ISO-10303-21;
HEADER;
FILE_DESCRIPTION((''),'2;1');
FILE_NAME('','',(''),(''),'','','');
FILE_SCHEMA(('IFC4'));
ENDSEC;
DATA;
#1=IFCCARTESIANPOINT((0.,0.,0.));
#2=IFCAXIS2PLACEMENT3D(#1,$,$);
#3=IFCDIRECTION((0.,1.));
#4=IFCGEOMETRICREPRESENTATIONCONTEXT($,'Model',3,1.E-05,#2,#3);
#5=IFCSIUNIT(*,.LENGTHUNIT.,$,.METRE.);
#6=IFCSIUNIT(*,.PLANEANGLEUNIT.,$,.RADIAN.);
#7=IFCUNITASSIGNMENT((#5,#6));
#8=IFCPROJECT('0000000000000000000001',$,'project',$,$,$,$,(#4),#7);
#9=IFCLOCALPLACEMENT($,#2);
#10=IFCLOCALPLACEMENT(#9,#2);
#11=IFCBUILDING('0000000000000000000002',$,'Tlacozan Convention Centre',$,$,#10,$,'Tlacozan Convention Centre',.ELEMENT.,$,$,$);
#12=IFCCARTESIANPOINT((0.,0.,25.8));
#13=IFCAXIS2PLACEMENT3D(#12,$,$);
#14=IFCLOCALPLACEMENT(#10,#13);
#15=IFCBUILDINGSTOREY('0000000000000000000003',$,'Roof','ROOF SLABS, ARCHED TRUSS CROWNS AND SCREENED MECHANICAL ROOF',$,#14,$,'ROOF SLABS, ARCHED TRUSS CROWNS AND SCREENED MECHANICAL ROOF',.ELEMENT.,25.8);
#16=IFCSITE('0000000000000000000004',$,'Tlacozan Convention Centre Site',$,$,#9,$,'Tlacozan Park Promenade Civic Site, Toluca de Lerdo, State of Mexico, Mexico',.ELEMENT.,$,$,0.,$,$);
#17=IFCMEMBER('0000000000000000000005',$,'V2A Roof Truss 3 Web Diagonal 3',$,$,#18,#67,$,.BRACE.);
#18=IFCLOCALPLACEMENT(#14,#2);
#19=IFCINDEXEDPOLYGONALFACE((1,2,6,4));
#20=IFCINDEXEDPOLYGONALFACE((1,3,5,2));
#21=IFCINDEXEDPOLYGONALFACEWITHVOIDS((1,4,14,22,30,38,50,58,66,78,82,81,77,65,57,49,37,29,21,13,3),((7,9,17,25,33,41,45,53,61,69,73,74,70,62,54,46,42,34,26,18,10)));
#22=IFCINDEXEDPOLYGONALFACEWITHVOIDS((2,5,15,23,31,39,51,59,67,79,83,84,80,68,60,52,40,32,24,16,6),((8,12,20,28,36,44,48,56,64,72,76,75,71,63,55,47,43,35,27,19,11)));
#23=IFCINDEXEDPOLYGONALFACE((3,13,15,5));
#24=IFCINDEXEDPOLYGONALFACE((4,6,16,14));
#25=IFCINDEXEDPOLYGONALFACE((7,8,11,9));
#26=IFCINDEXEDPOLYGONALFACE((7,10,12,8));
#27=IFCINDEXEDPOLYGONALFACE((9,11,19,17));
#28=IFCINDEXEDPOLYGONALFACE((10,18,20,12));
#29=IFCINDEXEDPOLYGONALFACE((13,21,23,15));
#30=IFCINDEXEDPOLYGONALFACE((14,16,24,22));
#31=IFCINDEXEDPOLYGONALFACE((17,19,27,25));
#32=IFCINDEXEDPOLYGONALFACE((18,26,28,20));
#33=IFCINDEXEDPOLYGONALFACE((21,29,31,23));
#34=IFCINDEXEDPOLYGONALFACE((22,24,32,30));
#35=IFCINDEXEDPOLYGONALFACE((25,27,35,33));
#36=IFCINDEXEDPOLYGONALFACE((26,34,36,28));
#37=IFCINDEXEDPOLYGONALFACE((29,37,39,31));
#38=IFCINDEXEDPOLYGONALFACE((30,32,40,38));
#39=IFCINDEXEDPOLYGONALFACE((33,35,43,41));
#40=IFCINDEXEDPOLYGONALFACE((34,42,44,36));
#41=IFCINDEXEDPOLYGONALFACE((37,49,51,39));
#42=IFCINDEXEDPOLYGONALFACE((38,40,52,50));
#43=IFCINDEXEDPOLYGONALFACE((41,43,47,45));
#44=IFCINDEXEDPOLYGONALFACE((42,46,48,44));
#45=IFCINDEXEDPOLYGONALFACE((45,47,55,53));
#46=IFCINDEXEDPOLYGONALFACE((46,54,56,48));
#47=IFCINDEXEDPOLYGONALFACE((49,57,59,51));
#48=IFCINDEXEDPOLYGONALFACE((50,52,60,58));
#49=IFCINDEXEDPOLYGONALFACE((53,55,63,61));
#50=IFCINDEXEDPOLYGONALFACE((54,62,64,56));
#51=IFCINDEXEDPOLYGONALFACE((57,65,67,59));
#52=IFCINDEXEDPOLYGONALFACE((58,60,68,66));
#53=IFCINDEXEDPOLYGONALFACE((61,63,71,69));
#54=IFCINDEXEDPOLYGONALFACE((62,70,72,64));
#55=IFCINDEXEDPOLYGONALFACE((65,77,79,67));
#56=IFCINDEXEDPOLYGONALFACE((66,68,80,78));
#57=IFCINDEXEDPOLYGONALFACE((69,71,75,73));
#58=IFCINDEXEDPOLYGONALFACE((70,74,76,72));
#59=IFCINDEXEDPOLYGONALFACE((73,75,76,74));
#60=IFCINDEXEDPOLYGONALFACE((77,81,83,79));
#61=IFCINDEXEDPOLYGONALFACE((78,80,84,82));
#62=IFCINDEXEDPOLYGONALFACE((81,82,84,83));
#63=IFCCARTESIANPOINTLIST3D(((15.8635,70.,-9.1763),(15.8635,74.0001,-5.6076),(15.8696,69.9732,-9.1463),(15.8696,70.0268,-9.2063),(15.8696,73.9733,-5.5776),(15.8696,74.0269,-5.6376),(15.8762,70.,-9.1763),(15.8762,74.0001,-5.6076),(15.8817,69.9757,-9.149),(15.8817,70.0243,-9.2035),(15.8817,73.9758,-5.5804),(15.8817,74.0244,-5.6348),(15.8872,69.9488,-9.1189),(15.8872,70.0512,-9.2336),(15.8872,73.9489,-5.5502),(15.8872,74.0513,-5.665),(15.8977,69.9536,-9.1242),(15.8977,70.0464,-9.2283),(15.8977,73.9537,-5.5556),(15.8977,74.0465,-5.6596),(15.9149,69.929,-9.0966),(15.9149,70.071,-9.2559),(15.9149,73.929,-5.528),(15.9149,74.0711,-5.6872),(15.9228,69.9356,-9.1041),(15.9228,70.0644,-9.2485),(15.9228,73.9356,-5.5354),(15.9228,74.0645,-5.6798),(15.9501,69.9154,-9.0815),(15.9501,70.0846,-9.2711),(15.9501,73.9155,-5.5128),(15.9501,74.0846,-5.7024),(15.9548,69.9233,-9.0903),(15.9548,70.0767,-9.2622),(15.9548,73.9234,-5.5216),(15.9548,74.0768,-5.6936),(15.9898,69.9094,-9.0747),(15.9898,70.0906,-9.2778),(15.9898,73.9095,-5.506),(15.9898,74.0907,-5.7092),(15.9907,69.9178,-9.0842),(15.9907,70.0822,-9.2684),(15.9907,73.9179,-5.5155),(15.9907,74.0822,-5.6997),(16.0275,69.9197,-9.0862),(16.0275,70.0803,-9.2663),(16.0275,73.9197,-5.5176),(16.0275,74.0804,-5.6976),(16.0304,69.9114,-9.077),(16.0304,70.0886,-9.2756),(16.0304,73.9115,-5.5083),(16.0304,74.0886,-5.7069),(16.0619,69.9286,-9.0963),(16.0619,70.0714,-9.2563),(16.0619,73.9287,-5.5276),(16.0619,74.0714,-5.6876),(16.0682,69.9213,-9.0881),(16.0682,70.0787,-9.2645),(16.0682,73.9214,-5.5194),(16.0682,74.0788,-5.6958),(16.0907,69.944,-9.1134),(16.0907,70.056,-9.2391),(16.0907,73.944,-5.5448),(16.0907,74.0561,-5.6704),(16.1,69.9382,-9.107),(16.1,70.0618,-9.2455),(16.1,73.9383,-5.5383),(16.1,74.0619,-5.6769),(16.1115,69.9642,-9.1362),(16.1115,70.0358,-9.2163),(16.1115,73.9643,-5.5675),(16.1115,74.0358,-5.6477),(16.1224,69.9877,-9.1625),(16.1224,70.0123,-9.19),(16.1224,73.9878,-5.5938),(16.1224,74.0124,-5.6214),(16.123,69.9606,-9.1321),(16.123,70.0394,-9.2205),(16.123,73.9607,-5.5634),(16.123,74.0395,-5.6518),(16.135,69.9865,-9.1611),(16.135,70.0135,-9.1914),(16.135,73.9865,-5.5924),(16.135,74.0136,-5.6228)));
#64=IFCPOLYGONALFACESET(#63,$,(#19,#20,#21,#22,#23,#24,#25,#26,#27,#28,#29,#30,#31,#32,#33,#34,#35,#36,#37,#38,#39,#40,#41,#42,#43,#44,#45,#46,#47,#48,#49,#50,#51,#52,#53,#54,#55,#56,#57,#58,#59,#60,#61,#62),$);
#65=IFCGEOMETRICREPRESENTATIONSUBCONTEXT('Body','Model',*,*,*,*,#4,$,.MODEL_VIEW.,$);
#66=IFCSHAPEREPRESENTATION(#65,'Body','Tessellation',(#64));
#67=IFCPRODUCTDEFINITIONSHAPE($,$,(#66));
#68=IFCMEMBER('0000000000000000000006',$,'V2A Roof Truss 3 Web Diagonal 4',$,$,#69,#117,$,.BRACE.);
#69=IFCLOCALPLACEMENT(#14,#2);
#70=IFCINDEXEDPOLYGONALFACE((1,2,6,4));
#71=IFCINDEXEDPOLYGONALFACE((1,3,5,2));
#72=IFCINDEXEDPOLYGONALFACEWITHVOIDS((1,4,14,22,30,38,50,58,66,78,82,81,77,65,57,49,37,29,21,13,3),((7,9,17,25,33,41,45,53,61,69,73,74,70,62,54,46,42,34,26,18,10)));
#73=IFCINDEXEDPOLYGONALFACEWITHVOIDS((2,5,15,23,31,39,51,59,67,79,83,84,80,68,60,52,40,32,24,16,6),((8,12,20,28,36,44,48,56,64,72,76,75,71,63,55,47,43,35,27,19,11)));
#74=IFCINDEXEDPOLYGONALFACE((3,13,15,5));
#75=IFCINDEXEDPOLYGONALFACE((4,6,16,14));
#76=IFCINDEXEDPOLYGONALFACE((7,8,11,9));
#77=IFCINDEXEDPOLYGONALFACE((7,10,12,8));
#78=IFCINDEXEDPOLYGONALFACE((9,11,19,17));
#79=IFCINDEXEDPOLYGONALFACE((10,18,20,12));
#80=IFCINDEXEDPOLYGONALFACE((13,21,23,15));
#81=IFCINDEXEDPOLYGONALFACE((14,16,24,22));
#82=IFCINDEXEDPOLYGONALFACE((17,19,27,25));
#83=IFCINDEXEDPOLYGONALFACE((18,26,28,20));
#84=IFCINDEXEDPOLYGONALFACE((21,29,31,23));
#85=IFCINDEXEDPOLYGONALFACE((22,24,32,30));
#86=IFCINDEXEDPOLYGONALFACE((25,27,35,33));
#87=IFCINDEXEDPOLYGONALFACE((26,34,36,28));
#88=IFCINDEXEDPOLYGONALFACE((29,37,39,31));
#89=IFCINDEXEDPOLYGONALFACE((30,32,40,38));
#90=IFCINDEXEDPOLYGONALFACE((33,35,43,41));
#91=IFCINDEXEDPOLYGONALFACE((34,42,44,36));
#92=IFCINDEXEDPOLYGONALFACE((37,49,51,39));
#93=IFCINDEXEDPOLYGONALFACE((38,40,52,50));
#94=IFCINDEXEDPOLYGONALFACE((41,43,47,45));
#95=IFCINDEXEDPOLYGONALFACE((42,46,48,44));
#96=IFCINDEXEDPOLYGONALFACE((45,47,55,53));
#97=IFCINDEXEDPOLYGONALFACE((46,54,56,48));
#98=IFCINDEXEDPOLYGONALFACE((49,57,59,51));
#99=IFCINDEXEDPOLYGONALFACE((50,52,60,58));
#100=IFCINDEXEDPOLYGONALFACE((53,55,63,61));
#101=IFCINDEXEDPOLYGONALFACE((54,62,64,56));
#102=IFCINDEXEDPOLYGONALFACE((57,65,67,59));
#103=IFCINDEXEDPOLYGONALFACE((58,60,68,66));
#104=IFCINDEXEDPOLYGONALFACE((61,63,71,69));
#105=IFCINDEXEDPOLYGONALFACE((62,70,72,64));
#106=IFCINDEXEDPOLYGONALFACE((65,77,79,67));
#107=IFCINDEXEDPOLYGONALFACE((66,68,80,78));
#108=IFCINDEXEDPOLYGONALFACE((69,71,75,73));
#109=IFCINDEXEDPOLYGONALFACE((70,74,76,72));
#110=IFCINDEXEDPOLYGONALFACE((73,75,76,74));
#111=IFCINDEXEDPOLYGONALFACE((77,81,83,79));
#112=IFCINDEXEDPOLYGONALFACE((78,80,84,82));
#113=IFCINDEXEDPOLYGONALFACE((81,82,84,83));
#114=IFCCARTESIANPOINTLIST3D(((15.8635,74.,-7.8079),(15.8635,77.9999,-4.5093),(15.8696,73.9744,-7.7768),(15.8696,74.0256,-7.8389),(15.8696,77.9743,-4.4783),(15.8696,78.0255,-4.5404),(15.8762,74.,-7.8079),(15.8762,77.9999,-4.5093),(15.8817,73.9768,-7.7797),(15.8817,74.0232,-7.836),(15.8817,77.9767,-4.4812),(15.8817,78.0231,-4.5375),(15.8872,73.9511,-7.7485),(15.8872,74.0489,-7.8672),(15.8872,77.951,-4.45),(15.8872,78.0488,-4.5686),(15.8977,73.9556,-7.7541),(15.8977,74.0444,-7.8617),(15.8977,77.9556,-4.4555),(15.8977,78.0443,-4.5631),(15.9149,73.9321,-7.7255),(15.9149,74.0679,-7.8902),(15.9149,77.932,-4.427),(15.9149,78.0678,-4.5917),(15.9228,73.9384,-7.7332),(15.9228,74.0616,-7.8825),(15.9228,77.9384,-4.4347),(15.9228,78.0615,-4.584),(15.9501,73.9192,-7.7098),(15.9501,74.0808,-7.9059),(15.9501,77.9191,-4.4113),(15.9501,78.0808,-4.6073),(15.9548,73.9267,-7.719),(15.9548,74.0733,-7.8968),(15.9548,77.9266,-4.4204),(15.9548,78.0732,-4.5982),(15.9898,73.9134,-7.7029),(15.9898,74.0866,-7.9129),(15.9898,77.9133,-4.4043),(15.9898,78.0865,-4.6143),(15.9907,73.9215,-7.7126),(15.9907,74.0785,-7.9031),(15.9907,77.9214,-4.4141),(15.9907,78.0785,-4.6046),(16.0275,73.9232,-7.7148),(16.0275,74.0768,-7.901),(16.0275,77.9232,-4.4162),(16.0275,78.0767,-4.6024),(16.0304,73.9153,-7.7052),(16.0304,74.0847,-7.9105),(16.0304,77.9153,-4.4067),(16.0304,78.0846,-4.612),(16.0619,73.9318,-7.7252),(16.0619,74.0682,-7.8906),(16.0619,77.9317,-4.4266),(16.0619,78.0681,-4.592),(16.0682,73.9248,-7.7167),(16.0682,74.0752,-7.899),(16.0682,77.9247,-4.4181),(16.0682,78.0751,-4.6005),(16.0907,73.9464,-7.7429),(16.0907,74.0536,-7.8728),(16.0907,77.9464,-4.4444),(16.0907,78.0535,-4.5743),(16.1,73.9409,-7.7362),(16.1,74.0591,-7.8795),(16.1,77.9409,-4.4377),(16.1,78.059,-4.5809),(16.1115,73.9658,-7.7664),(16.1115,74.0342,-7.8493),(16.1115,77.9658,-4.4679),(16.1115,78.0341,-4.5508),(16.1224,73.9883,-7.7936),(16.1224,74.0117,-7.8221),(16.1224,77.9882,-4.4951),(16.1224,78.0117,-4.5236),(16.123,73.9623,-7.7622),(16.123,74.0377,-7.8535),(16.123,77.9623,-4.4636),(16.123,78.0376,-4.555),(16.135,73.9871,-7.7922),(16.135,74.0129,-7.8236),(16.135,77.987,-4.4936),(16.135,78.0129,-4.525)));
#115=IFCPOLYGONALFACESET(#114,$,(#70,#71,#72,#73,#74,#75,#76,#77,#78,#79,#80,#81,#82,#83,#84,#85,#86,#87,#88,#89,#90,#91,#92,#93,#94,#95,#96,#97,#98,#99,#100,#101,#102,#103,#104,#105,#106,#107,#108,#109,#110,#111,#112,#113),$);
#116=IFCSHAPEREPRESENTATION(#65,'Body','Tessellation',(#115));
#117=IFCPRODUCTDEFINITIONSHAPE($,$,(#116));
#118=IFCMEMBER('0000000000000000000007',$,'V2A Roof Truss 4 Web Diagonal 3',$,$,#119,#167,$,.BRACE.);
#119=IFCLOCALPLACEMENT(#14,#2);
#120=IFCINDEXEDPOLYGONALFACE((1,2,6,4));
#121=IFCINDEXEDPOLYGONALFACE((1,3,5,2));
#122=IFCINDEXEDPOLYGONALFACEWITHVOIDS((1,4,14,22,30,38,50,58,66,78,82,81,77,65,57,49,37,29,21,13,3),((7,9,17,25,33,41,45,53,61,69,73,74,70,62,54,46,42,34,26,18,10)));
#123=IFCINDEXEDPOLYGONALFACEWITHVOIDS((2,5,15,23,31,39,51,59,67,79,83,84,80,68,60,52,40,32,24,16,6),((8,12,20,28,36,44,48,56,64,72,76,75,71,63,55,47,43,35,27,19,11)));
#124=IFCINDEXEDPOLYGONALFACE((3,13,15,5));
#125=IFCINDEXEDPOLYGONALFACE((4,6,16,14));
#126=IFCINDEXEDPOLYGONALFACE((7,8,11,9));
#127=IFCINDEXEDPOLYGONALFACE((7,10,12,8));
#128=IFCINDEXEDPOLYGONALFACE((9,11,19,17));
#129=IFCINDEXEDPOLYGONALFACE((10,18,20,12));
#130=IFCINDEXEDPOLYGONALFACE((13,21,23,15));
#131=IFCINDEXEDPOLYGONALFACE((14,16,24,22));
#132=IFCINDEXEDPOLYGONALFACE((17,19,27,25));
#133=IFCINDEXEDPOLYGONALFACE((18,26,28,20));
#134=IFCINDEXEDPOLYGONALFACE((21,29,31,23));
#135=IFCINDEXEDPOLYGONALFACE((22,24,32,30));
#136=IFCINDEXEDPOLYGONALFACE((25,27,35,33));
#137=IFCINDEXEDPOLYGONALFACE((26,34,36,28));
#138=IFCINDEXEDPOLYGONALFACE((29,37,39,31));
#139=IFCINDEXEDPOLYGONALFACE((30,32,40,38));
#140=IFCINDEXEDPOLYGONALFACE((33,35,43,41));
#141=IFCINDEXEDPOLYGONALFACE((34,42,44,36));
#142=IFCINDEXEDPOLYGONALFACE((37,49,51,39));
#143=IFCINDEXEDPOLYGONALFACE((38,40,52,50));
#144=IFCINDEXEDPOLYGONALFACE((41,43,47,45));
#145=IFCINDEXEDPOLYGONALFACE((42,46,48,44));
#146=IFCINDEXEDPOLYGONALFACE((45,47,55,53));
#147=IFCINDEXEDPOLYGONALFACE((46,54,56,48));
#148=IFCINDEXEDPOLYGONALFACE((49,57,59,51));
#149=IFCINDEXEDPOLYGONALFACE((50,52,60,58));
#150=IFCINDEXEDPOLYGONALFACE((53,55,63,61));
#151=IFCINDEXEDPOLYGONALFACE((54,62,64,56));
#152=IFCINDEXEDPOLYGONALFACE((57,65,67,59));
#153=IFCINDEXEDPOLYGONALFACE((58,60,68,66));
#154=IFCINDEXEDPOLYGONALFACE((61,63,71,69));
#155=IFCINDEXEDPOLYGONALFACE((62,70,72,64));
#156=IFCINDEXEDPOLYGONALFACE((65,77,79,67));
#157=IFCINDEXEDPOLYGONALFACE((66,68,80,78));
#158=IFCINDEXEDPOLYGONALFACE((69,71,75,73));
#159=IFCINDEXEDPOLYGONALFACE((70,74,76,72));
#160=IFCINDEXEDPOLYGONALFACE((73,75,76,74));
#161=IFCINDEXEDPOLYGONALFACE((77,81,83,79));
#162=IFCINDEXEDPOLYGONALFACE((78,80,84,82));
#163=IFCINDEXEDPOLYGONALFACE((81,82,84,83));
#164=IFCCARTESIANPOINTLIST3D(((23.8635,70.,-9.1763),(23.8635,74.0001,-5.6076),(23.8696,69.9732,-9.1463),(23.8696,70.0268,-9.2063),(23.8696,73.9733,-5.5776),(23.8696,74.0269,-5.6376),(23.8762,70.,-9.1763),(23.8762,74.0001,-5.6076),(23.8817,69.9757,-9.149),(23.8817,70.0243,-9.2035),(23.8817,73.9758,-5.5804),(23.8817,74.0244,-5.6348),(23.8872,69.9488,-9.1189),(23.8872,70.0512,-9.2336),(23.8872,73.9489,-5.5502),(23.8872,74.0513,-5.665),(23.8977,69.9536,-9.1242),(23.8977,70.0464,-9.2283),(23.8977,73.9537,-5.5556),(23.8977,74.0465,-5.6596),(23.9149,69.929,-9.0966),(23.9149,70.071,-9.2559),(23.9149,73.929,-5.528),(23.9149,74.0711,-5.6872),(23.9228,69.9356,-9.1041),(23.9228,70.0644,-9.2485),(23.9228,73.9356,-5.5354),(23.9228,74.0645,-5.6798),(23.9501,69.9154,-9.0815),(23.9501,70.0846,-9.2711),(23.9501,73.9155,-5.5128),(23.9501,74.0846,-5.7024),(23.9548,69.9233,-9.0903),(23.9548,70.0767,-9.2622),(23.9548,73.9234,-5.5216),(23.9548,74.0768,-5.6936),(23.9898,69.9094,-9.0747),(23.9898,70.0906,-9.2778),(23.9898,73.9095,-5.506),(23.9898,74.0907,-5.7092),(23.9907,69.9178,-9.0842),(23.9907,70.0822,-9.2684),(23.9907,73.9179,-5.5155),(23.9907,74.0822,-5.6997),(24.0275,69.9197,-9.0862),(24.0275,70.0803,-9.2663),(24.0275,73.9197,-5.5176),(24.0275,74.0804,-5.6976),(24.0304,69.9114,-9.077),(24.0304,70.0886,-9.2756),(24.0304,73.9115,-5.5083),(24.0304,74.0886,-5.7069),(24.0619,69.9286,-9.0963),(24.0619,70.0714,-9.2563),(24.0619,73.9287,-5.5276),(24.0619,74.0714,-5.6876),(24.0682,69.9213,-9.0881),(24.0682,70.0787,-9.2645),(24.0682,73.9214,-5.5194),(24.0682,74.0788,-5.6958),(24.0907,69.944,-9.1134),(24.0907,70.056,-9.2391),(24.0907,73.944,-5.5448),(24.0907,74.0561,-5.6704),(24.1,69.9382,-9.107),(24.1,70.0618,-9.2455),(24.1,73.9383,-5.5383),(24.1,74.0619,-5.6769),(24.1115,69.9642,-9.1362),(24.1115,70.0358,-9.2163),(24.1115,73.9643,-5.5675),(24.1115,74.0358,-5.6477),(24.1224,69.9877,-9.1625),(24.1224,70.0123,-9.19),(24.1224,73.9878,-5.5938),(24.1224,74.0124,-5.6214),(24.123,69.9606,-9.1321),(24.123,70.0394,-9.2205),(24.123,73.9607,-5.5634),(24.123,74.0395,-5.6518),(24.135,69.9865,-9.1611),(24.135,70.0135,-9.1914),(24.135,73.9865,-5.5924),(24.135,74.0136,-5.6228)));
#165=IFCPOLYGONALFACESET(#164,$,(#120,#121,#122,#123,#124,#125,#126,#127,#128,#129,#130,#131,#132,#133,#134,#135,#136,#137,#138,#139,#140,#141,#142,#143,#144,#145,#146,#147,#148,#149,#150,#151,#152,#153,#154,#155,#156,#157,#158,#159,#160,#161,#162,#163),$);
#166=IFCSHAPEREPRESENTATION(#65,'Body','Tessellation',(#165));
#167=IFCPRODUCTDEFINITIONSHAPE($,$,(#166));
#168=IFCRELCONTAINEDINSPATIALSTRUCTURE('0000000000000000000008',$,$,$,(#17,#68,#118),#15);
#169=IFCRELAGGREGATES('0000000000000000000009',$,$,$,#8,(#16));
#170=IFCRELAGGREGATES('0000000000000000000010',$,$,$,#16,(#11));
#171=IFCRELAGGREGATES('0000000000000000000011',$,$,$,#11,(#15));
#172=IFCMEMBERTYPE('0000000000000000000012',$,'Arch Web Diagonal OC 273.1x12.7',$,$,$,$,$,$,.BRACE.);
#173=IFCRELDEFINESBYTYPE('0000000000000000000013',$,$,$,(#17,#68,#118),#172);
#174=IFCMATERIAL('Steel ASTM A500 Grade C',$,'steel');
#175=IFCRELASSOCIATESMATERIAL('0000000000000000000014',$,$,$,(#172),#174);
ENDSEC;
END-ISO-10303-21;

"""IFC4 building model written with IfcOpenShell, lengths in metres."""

from ifc_helpers import new_model, si_unit, direction, frame, origin, origin_2d, place, context, subcontext, project, spatial, hollow_circle, extrude, material, material_profile, profile_set, type_object, element, save


model = new_model("IFC4")

# Units and contexts
model_context = context("Model", 3, precision=1e-05, world=origin(), true_north=direction((0.0, 1.0)))
body_context = subcontext(model_context, "Body", "Model", "MODEL_VIEW")
ifc_project = project(units=[si_unit("LENGTHUNIT", "METRE"), si_unit("PLANEANGLEUNIT", "RADIAN")], contexts=[model_context])

# Site, building, storey
site_placement = place(None, origin())
site = spatial("IfcSite", under=ifc_project, at=site_placement, Name="Tlacozan Convention Centre Site", LongName="Tlacozan Park Promenade Civic Site, Toluca de Lerdo, State of Mexico, Mexico", CompositionType="ELEMENT", RefElevation=0.0)
building_placement = place(site_placement, origin())
building = spatial("IfcBuilding", under=site, at=building_placement, Name="Tlacozan Convention Centre", LongName="Tlacozan Convention Centre", CompositionType="ELEMENT")
storey_placement = place(building_placement, frame((0.0, 0.0, 25.8)))
storey = spatial("IfcBuildingStorey", under=building, at=storey_placement, Name="Roof", Description="ROOF SLABS, ARCHED TRUSS CROWNS AND SCREENED MECHANICAL ROOF", LongName="ROOF SLABS, ARCHED TRUSS CROWNS AND SCREENED MECHANICAL ROOF", CompositionType="ELEMENT", Elevation=25.8)

# Members
ifc_material_1 = material(Name="Steel ASTM A500 Grade C", Category="steel")
ifc_material_profile_1 = material_profile(ifc_material_1, hollow_circle(Radius=0.1365, WallThickness=0.0127, at=origin_2d()), Name="OC 273.1x12.7")
ifc_profile_set_1 = profile_set([ifc_material_profile_1], Name="Steel ASTM A500 Grade C")
member_type_1 = type_object("IfcMemberType", Name="Arch Web Diagonal OC 273.1x12.7", PredefinedType="BRACE", material=ifc_profile_set_1)
member_1_placement = place(storey_placement, frame((16.0, 70.0, -9.1763), z_axis=(0.0, 0.746199, 0.665722), x_axis=(-1.0, 0.0, 0.0)))
element("IfcMember", 1, at=member_1_placement, inside=storey, type_object=member_type_1, Name="V2A Roof Truss 3 Web Diagonal 3", PredefinedType="BRACE", context=body_context, shape_type="SweptSolid", body=[
    extrude(hollow_circle(Radius=0.1365, WallThickness=0.0127, at=origin_2d()), origin(), (0.0, 0.0, 1.0), 5.3606),
])
member_2_placement = place(storey_placement, frame((16.0, 74.0, -7.8079), z_axis=(0.0, 0.771507, 0.63622), x_axis=(-1.0, 0.0, 0.0)))
element("IfcMember", 2, at=member_2_placement, inside=storey, type_object=member_type_1, Name="V2A Roof Truss 3 Web Diagonal 4", PredefinedType="BRACE", context=body_context, shape_type="SweptSolid", body=[
    extrude(hollow_circle(Radius=0.1365, WallThickness=0.0127, at=origin_2d()), origin(), (0.0, 0.0, 1.0), 5.1846),
])
member_3_placement = place(storey_placement, frame((24.0, 70.0, -9.1763), z_axis=(0.0, 0.746199, 0.665722), x_axis=(-1.0, 0.0, 0.0)))
element("IfcMember", 3, at=member_3_placement, inside=storey, type_object=member_type_1, Name="V2A Roof Truss 4 Web Diagonal 3", PredefinedType="BRACE", context=body_context, shape_type="SweptSolid", body=[
    extrude(hollow_circle(Radius=0.1365, WallThickness=0.0127, at=origin_2d()), origin(), (0.0, 0.0, 1.0), 5.3606),
])

save(model, "model.ifc")
